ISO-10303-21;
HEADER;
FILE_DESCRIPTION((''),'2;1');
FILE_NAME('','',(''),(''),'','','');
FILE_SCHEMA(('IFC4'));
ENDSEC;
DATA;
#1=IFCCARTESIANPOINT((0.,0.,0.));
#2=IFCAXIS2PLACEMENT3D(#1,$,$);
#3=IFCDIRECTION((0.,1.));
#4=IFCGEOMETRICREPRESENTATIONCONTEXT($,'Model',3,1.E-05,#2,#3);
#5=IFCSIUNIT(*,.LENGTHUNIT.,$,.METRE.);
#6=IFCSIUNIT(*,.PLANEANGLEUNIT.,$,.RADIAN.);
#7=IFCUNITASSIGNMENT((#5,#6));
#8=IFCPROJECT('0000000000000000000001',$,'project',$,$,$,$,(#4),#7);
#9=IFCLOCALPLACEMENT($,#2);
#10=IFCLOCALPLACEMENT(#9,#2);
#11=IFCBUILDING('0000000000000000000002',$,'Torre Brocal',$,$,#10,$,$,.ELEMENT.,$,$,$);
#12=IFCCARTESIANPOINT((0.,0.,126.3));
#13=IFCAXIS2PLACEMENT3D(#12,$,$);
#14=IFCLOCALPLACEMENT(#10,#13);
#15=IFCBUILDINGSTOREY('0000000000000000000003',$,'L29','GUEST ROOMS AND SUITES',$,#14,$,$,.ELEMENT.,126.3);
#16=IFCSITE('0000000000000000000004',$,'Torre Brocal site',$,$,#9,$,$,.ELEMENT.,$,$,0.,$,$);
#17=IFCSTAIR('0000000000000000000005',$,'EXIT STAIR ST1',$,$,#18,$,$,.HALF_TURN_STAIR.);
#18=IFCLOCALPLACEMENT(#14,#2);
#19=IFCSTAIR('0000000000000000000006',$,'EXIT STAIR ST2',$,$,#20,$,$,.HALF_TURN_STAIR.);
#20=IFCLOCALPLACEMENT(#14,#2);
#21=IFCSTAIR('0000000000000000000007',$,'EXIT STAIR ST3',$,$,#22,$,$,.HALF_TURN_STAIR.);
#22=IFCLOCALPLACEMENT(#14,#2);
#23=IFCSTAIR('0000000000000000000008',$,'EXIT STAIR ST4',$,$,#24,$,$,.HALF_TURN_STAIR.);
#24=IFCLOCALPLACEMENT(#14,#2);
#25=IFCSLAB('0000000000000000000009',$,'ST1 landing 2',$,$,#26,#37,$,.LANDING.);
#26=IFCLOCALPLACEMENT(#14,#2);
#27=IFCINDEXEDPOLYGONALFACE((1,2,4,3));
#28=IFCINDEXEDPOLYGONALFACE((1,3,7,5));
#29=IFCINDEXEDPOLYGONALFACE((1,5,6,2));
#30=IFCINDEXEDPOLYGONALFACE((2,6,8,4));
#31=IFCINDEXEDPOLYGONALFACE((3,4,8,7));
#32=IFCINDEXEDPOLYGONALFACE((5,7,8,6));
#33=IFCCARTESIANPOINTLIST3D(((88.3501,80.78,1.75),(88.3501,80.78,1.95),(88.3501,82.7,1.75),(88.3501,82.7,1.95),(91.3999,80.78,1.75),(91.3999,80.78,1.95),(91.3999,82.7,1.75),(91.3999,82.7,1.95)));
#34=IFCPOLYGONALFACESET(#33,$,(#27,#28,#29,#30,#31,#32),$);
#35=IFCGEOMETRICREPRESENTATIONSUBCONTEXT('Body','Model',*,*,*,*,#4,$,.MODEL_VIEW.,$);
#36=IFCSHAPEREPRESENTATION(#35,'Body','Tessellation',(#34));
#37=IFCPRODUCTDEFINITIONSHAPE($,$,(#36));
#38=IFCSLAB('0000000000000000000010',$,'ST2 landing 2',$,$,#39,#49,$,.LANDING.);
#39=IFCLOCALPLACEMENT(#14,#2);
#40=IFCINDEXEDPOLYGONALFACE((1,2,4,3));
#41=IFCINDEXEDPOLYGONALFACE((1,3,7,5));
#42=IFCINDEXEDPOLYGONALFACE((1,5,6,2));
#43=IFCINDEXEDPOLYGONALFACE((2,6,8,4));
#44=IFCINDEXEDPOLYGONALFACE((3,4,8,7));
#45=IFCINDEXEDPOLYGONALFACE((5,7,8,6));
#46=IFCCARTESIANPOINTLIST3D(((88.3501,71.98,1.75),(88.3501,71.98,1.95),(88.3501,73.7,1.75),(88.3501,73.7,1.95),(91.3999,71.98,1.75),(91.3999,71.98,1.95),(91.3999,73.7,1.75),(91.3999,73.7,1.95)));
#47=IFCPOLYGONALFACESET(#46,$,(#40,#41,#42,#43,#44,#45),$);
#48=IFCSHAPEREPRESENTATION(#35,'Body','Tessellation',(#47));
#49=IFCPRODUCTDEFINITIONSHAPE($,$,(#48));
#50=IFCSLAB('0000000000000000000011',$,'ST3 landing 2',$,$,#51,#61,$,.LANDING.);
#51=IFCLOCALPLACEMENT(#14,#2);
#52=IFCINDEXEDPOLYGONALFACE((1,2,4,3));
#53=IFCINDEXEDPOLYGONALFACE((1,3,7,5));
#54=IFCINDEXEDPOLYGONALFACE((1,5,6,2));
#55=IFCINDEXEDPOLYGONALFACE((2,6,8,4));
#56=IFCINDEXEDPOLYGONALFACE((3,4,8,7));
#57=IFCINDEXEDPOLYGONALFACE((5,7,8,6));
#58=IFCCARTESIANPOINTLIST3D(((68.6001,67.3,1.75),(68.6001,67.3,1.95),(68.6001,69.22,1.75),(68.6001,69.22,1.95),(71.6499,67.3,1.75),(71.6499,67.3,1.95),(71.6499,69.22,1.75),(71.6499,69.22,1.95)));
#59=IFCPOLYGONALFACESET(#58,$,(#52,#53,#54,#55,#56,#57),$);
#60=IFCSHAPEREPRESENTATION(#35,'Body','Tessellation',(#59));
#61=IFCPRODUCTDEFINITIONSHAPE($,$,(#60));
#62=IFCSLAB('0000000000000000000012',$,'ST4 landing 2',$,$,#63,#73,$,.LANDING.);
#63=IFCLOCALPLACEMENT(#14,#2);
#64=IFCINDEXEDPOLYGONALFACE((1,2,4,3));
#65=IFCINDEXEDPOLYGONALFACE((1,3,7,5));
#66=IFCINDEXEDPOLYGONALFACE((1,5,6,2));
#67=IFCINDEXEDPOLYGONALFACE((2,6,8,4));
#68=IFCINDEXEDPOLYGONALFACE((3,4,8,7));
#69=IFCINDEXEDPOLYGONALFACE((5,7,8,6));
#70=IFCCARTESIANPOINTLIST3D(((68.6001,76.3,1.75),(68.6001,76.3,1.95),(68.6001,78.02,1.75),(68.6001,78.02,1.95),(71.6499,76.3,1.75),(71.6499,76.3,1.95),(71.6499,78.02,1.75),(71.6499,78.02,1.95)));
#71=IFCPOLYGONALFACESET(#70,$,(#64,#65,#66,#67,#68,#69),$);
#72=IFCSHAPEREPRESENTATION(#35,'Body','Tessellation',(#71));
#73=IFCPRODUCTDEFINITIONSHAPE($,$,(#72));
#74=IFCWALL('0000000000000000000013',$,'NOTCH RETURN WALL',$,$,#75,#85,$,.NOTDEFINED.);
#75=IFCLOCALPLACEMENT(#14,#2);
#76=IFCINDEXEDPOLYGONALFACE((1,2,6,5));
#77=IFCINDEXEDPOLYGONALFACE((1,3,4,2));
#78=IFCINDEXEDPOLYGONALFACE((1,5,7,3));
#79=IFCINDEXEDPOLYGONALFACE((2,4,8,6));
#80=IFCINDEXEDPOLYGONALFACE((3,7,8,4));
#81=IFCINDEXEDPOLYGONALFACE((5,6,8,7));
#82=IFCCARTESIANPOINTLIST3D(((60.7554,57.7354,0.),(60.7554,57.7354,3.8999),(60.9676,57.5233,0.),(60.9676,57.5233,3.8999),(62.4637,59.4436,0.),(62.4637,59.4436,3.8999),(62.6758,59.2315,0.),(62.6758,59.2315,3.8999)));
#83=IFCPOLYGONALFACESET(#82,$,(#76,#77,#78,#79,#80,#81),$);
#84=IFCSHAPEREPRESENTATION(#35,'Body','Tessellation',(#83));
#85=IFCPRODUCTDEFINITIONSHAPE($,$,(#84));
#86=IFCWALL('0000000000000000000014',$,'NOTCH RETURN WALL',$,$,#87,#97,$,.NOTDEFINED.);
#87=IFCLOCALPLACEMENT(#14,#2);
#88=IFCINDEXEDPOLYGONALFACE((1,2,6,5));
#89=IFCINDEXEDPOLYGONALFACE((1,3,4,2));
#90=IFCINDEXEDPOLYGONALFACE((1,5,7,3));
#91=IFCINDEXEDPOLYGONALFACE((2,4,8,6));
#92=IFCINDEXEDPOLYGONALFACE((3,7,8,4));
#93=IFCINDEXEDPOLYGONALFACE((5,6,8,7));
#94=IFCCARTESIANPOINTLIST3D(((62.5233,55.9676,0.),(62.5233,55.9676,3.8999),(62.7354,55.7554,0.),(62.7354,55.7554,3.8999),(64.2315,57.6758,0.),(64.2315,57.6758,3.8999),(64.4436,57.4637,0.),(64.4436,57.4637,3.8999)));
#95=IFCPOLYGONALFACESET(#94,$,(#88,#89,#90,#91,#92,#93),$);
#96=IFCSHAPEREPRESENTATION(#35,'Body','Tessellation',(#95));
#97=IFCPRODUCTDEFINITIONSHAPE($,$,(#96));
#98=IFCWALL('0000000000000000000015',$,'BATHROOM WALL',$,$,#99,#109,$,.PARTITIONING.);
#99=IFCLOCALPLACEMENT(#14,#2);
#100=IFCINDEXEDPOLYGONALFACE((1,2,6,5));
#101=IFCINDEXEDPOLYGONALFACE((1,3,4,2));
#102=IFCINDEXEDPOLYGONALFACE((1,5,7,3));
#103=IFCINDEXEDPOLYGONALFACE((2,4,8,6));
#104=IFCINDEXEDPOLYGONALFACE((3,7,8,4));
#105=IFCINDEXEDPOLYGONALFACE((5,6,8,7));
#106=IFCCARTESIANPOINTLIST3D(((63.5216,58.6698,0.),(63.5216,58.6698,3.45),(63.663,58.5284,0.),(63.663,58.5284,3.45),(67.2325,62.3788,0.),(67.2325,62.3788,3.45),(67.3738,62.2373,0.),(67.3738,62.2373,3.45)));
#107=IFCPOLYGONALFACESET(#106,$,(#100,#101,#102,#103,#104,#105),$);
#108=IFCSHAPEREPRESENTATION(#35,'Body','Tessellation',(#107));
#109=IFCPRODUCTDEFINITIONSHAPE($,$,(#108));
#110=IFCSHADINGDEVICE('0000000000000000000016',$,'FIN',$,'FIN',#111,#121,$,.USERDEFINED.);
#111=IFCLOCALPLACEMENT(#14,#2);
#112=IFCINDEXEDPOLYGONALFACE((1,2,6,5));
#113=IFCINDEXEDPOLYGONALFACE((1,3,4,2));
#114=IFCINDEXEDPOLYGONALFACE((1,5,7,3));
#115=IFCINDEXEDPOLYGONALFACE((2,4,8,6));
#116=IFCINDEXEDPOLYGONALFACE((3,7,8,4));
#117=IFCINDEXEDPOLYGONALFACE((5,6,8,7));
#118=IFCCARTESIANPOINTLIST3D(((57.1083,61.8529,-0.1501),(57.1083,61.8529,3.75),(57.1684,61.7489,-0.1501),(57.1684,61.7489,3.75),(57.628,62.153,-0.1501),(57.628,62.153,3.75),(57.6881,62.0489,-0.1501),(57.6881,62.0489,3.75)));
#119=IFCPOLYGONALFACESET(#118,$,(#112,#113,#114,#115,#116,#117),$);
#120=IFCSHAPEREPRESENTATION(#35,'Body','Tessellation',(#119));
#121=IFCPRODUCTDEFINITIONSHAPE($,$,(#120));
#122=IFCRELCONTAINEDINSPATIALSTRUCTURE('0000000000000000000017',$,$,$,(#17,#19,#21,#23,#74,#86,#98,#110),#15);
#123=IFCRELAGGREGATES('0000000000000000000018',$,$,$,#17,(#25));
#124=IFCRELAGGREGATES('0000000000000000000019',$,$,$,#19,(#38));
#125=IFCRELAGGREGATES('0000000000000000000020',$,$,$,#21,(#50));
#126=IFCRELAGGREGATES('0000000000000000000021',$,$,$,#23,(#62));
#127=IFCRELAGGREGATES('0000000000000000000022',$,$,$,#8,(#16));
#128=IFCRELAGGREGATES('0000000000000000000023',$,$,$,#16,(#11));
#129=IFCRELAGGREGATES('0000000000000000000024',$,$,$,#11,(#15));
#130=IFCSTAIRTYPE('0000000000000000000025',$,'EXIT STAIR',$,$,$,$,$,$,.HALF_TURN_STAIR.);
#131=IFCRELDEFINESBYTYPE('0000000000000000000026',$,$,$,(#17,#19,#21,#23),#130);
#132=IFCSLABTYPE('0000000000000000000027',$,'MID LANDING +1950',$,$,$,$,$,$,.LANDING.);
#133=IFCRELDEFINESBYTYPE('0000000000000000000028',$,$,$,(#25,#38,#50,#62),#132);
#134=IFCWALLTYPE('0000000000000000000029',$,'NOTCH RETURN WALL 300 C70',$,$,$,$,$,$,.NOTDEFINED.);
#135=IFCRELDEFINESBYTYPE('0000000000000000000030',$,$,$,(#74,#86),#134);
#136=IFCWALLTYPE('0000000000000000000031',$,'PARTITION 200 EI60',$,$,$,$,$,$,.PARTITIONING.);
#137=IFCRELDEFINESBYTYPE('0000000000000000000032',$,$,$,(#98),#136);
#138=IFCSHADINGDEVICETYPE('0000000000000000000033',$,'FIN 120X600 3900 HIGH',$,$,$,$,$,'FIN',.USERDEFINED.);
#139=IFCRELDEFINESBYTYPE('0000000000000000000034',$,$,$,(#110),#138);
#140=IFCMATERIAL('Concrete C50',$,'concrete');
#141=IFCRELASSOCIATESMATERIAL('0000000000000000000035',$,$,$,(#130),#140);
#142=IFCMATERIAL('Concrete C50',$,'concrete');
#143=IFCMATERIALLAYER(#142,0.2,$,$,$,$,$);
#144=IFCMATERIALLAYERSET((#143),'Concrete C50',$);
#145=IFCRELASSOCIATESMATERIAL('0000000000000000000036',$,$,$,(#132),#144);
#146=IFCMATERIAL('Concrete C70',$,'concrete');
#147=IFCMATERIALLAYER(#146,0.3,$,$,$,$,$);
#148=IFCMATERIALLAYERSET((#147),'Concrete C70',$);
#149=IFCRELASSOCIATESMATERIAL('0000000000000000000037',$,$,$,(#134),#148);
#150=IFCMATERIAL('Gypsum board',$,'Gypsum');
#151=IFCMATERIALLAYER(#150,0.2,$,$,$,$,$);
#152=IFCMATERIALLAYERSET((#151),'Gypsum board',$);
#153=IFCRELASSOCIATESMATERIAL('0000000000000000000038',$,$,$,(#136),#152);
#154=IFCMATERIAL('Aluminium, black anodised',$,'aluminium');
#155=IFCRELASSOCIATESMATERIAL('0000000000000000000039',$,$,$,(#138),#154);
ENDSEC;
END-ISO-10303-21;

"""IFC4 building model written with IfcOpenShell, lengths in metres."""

from ifc_helpers import new_model, si_unit, direction, frame, frame_2d, origin, origin_2d, place, context, subcontext, project, spatial, polyline, rectangle, outline, extrude, material, layer, layer_set, material_profile, profile_set, type_object, element, aggregate, save


model = new_model("IFC4")

# Units and contexts
model_context = context("Model", 3, precision=1e-05, world=origin(), true_north=direction((0.0, 1.0)))
body_context = subcontext(model_context, "Body", "Model", "MODEL_VIEW")
ifc_project = project(units=[si_unit("LENGTHUNIT", "METRE"), si_unit("PLANEANGLEUNIT", "RADIAN")], contexts=[model_context])

# Site, building, storey
site_placement = place(None, origin())
site = spatial("IfcSite", under=ifc_project, at=site_placement, Name="Torre Brocal site", CompositionType="ELEMENT", RefElevation=0.0)
building_placement = place(site_placement, origin())
building = spatial("IfcBuilding", under=site, at=building_placement, Name="Torre Brocal", CompositionType="ELEMENT")
storey_placement = place(building_placement, frame((0.0, 0.0, 126.3)))
storey = spatial("IfcBuildingStorey", under=building, at=storey_placement, Name="L29", Description="GUEST ROOMS AND SUITES", CompositionType="ELEMENT", Elevation=126.3)

# Stairs
ifc_material_1 = material(Name="Concrete C50", Category="concrete")
stair_type = type_object("IfcStairType", Name="EXIT STAIR", PredefinedType="HALF_TURN_STAIR", material=ifc_material_1)
stair_1_placement = place(storey_placement, origin())
stair_1 = element("IfcStair", 1, at=stair_1_placement, inside=storey, type_object=stair_type, Name="EXIT STAIR ST1", PredefinedType="HALF_TURN_STAIR")
stair_2_placement = place(storey_placement, origin())
stair_2 = element("IfcStair", 2, at=stair_2_placement, inside=storey, type_object=stair_type, Name="EXIT STAIR ST2", PredefinedType="HALF_TURN_STAIR")
stair_3_placement = place(storey_placement, origin())
stair_3 = element("IfcStair", 3, at=stair_3_placement, inside=storey, type_object=stair_type, Name="EXIT STAIR ST3", PredefinedType="HALF_TURN_STAIR")
stair_4_placement = place(storey_placement, origin())
stair_4 = element("IfcStair", 4, at=stair_4_placement, inside=storey, type_object=stair_type, Name="EXIT STAIR ST4", PredefinedType="HALF_TURN_STAIR")

# Slabs
ifc_material_2 = material(Name="Concrete C50", Category="concrete")
ifc_layer_1 = layer(ifc_material_2, 0.2)
ifc_layer_set_1 = layer_set([ifc_layer_1], Name="Concrete C50")
slab_type_1 = type_object("IfcSlabType", Name="MID LANDING +1950", PredefinedType="LANDING", material=ifc_layer_set_1)
slab_1_placement = place(storey_placement, frame((0.0, 0.0, 1.75)))
slab_1 = element("IfcSlab", 5, at=slab_1_placement, type_object=slab_type_1, Name="ST1 landing 2", PredefinedType="LANDING", context=body_context, shape_type="SweptSolid", body=[
    extrude(outline(polyline([(88.3501, 80.78), (91.3999, 80.78), (91.3999, 82.7), (88.3501, 82.7), (88.3501, 80.78)])), origin(), (0.0, 0.0, 1.0), 0.2),
])
aggregate(stair_1, [slab_1])
slab_2_placement = place(storey_placement, frame((0.0, 0.0, 1.75)))
slab_2 = element("IfcSlab", 6, at=slab_2_placement, type_object=slab_type_1, Name="ST2 landing 2", PredefinedType="LANDING", context=body_context, shape_type="SweptSolid", body=[
    extrude(outline(polyline([(88.3501, 71.98), (91.3999, 71.98), (91.3999, 73.7), (88.3501, 73.7), (88.3501, 71.98)])), origin(), (0.0, 0.0, 1.0), 0.2),
])
aggregate(stair_2, [slab_2])
slab_3_placement = place(storey_placement, frame((0.0, 0.0, 1.75)))
slab_3 = element("IfcSlab", 7, at=slab_3_placement, type_object=slab_type_1, Name="ST3 landing 2", PredefinedType="LANDING", context=body_context, shape_type="SweptSolid", body=[
    extrude(outline(polyline([(71.6499, 69.22), (68.6001, 69.22), (68.6001, 67.3), (71.6499, 67.3), (71.6499, 69.22)])), origin(), (0.0, 0.0, 1.0), 0.2),
])
aggregate(stair_3, [slab_3])
slab_4_placement = place(storey_placement, frame((0.0, 0.0, 1.75)))
slab_4 = element("IfcSlab", 8, at=slab_4_placement, type_object=slab_type_1, Name="ST4 landing 2", PredefinedType="LANDING", context=body_context, shape_type="SweptSolid", body=[
    extrude(outline(polyline([(71.6499, 78.02), (68.6001, 78.02), (68.6001, 76.3), (71.6499, 76.3), (71.6499, 78.02)])), origin(), (0.0, 0.0, 1.0), 0.2),
])
aggregate(stair_4, [slab_4])

# Walls
ifc_material_3 = material(Name="Concrete C70", Category="concrete")
ifc_layer_2 = layer(ifc_material_3, 0.3)
ifc_layer_set_2 = layer_set([ifc_layer_2], Name="Concrete C70")
wall_type_1 = type_object("IfcWallType", Name="NOTCH RETURN WALL 300 C70", PredefinedType="NOTDEFINED", material=ifc_layer_set_2)
for number, where, z_axis, x_axis, name in (
    (9, (62.5698, 59.3376, 0.0), (0.0, 0.0, 1.0), (-0.707107, -0.707107, 0.0), "NOTCH RETURN WALL"),
    (10, (64.3376, 57.5698, 0.0), (0.0, 0.0, 1.0), (-0.707107, -0.707107, 0.0), "NOTCH RETURN WALL"),
):
    element("IfcWall", number, at=place(storey_placement, frame(where, z_axis=z_axis, x_axis=x_axis)), inside=storey, type_object=wall_type_1, Name=name, PredefinedType="NOTDEFINED", context=body_context, shape_type="SweptSolid", body=[
        extrude(rectangle(XDim=2.4158, YDim=0.3, at=frame_2d((1.208, 0.0))), origin(), (0.0, 0.0, 1.0), 3.8999),
    ])
ifc_material_4 = material(Name="Gypsum board", Category="Gypsum")
ifc_layer_3 = layer(ifc_material_4, 0.2)
ifc_layer_set_3 = layer_set([ifc_layer_3], Name="Gypsum board")
wall_type_2 = type_object("IfcWallType", Name="PARTITION 200 EI60", PredefinedType="PARTITIONING", material=ifc_layer_set_3)
wall_placement = place(storey_placement, frame((63.5923, 58.5991, 0.0), z_axis=(0.0, 0.0, 1.0), x_axis=(0.707293, 0.706921, 0.0)))
element("IfcWall", 11, at=wall_placement, inside=storey, type_object=wall_type_2, Name="BATHROOM WALL", PredefinedType="PARTITIONING", context=body_context, shape_type="SweptSolid", body=[
    extrude(rectangle(XDim=5.2466, YDim=0.2, at=frame_2d((2.6233, 0.0))), origin(), (0.0, 0.0, 1.0), 3.45),
])

# Shading device
ifc_material_5 = material(Name="Aluminium, black anodised", Category="aluminium")
ifc_material_profile_1 = material_profile(ifc_material_5, rectangle(XDim=0.1201, YDim=0.6001, at=origin_2d()), Name="FIN 120X600 3900 HIGH")
ifc_profile_set_1 = profile_set([ifc_material_profile_1], Name="Aluminium, black anodised")
shading_device_type = type_object("IfcShadingDeviceType", Name="FIN 120X600 3900 HIGH", ElementType="FIN", PredefinedType="USERDEFINED", material=ifc_profile_set_1)
shading_device_placement = place(storey_placement, frame((57.3982, 61.9509, -0.1501), z_axis=(0.0, 0.0, 1.0), x_axis=(0.5, -0.866025, 0.0)))
element("IfcShadingDevice", 12, at=shading_device_placement, inside=storey, type_object=shading_device_type, Name="FIN", ObjectType="FIN", PredefinedType="USERDEFINED", context=body_context, shape_type="SweptSolid", body=[
    extrude(rectangle(XDim=0.1201, YDim=0.6001, at=origin_2d()), origin(), (0.0, 0.0, 1.0), 3.9001),
])

save(model, "model.ifc")
